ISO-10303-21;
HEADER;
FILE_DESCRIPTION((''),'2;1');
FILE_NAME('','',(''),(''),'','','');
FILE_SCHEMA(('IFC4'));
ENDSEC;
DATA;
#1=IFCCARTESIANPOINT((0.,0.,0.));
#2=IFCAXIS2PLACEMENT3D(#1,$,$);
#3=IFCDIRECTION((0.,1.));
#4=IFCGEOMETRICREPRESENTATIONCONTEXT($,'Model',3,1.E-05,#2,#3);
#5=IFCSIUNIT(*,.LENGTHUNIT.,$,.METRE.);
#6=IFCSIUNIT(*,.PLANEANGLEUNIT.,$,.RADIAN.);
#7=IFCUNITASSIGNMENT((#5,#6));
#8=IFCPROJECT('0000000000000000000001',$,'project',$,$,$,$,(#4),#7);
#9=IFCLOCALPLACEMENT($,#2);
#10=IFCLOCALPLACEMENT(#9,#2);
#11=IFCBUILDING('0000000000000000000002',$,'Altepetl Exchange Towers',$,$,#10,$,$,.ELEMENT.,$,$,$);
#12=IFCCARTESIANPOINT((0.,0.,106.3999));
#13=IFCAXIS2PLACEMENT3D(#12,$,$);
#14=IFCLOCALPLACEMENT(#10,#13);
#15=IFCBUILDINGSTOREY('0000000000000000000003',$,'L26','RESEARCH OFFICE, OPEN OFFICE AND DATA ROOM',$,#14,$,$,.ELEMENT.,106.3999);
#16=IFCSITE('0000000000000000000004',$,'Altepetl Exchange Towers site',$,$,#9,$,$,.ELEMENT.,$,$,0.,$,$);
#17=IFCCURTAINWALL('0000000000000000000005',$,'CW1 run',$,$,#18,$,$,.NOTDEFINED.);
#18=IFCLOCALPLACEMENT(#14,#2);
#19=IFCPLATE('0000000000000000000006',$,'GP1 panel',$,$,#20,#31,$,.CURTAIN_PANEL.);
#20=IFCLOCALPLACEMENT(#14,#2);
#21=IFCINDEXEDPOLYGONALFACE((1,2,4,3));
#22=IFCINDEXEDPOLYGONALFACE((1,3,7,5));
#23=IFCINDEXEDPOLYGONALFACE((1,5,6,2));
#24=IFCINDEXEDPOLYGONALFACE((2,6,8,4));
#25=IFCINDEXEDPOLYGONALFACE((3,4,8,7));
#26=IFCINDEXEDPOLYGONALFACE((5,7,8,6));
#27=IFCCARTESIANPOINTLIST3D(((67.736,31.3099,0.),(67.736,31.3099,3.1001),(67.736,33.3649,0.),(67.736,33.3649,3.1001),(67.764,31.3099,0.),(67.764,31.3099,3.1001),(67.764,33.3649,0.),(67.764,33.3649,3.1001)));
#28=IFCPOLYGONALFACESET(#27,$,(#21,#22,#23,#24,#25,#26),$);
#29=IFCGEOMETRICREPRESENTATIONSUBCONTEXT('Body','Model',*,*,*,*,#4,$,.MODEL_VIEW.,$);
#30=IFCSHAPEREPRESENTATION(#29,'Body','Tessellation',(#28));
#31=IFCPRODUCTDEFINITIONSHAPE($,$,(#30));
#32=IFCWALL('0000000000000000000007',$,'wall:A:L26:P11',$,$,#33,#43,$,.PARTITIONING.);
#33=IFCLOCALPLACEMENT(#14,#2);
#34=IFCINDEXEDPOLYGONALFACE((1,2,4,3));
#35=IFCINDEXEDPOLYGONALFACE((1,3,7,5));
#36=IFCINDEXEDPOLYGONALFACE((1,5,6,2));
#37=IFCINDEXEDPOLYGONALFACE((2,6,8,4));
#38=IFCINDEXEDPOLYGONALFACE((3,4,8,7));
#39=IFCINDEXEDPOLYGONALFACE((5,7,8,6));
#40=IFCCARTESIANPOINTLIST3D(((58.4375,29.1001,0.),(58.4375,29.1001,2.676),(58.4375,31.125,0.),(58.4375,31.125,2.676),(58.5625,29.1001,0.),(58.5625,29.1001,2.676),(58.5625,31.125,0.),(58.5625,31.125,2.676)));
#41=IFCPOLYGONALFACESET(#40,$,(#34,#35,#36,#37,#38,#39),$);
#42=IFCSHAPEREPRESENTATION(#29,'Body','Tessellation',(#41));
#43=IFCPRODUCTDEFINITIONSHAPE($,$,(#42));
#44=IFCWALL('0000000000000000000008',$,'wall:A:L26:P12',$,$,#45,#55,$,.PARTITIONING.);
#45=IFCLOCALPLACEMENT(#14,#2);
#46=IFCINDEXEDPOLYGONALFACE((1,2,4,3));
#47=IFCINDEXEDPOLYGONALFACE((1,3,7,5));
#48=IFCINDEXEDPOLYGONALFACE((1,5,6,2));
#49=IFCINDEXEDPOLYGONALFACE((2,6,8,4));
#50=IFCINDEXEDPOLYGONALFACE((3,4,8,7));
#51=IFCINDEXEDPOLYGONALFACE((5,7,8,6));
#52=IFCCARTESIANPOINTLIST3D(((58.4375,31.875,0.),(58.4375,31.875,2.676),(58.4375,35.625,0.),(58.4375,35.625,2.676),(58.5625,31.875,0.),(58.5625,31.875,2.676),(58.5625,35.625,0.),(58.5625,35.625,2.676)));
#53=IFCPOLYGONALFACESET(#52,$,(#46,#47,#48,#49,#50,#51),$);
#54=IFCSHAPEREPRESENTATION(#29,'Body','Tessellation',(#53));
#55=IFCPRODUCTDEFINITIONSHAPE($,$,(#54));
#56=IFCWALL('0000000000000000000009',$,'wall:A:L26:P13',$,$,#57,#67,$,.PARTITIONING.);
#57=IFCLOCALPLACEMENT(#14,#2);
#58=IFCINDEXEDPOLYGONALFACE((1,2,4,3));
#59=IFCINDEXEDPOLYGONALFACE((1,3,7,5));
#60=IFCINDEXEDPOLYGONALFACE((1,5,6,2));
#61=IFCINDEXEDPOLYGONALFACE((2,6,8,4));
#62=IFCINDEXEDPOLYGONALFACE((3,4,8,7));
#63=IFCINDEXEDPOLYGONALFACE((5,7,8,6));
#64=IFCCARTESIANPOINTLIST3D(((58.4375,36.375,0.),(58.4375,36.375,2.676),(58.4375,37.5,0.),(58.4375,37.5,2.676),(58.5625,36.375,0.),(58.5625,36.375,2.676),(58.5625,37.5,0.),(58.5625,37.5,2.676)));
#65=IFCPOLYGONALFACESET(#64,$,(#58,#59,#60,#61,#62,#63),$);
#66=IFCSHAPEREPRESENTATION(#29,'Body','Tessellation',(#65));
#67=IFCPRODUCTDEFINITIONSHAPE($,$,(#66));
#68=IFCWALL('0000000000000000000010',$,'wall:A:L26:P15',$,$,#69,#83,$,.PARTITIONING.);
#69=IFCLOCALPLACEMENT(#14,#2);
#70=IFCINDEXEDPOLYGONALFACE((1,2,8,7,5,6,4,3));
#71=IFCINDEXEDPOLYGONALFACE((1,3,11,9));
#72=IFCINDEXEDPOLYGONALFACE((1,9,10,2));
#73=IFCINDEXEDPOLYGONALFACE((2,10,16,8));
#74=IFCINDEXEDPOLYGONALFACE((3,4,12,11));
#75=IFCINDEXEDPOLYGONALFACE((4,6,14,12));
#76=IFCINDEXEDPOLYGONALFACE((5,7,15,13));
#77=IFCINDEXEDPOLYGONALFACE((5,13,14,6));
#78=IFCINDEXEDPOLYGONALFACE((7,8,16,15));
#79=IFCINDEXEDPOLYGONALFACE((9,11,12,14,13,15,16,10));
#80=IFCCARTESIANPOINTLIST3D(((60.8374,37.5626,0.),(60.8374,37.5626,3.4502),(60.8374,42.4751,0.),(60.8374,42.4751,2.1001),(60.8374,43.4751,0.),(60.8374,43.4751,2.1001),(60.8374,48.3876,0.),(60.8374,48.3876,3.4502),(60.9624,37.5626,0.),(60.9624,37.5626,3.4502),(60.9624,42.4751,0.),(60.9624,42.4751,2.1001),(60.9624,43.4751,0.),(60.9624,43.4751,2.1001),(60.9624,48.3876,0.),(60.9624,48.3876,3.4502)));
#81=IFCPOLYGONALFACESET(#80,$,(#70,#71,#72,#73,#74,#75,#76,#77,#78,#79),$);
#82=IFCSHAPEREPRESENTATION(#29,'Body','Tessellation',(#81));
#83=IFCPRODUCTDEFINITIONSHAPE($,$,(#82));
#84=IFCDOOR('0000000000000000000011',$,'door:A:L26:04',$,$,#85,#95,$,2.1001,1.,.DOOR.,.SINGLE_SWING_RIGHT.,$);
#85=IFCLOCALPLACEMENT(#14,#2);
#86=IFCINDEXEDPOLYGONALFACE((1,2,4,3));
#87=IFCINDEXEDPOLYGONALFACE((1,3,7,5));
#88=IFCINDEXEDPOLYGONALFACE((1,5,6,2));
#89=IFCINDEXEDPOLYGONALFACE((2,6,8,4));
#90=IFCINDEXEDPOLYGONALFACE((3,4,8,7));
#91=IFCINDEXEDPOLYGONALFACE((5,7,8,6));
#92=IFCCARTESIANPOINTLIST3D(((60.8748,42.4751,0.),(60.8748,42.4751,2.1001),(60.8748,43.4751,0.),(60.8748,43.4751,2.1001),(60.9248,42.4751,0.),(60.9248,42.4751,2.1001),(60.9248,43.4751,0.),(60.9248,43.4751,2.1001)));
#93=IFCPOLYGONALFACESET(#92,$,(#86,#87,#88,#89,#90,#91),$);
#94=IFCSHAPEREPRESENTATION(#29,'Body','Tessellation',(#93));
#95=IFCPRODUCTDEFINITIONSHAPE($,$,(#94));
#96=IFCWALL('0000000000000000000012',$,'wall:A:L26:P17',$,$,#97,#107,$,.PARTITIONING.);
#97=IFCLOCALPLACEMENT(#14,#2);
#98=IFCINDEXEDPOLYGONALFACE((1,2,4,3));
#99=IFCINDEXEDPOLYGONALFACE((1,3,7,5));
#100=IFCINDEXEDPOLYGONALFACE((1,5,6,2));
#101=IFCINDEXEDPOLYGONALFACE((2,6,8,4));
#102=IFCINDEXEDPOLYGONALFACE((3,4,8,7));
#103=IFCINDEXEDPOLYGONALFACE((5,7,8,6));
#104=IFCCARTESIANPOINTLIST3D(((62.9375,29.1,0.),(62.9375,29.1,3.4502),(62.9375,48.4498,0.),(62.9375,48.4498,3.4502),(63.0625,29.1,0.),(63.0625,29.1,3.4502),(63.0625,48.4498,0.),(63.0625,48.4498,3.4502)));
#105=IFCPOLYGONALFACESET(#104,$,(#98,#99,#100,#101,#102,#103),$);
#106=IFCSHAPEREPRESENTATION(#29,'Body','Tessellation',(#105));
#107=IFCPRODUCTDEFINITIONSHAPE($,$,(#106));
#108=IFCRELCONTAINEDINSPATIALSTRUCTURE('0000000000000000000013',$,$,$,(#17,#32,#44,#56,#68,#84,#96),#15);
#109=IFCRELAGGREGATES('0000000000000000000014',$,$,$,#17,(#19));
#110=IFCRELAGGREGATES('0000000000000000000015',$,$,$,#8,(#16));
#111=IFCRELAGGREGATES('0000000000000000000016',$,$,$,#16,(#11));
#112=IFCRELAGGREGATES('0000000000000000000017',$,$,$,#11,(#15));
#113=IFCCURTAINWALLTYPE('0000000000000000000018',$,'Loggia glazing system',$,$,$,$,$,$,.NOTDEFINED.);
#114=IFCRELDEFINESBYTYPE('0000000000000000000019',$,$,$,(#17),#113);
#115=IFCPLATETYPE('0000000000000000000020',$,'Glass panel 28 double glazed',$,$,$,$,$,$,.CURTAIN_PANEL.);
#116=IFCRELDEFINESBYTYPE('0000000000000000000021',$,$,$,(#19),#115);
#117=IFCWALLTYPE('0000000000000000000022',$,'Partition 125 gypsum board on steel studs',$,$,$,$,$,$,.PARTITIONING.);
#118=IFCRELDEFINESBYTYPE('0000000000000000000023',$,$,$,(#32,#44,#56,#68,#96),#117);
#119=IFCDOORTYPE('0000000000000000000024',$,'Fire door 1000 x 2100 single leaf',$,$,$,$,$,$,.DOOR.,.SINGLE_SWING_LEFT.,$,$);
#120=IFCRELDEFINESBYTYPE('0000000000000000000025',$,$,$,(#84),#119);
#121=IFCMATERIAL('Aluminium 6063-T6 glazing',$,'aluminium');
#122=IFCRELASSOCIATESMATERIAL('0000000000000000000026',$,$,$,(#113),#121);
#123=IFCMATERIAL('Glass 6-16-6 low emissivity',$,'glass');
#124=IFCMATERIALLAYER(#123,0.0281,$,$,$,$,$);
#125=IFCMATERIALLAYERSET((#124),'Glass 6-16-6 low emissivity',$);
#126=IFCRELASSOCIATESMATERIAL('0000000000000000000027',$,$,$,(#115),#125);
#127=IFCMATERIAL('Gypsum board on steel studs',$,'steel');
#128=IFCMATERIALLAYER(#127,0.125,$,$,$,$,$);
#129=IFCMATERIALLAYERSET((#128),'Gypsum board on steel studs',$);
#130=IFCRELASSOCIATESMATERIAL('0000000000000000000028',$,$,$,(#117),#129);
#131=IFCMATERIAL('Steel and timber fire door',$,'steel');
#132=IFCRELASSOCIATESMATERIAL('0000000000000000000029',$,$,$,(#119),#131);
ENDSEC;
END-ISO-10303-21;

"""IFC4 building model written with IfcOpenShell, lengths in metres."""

from ifc_helpers import new_model, si_unit, direction, frame, frame_2d, origin, origin_2d, place, context, subcontext, project, spatial, rectangle, extrude, material, layer, layer_set, type_object, element, fill, aggregate, save


model = new_model("IFC4")

# Units and contexts
model_context = context("Model", 3, precision=1e-05, world=origin(), true_north=direction((0.0, 1.0)))
body_context = subcontext(model_context, "Body", "Model", "MODEL_VIEW")
ifc_project = project(units=[si_unit("LENGTHUNIT", "METRE"), si_unit("PLANEANGLEUNIT", "RADIAN")], contexts=[model_context])

# Site, building, storey
site_placement = place(None, origin())
site = spatial("IfcSite", under=ifc_project, at=site_placement, Name="Altepetl Exchange Towers site", CompositionType="ELEMENT", RefElevation=0.0)
building_placement = place(site_placement, origin())
building = spatial("IfcBuilding", under=site, at=building_placement, Name="Altepetl Exchange Towers", CompositionType="ELEMENT")
storey_placement = place(building_placement, frame((0.0, 0.0, 106.3999)))
storey = spatial("IfcBuildingStorey", under=building, at=storey_placement, Name="L26", Description="RESEARCH OFFICE, OPEN OFFICE AND DATA ROOM", CompositionType="ELEMENT", Elevation=106.3999)

# Curtain wall
ifc_material_1 = material(Name="Aluminium 6063-T6 glazing", Category="aluminium")
curtain_wall_type = type_object("IfcCurtainWallType", Name="Loggia glazing system", PredefinedType="NOTDEFINED", material=ifc_material_1)
curtain_wall_1_placement = place(storey_placement, origin())
curtain_wall_1 = element("IfcCurtainWall", 1, at=curtain_wall_1_placement, inside=storey, type_object=curtain_wall_type, Name="CW1 run", PredefinedType="NOTDEFINED")

# Plate
ifc_material_2 = material(Name="Glass 6-16-6 low emissivity", Category="glass")
ifc_layer_1 = layer(ifc_material_2, 0.0281)
ifc_layer_set_1 = layer_set([ifc_layer_1], Name="Glass 6-16-6 low emissivity")
plate_type = type_object("IfcPlateType", Name="Glass panel 28 double glazed", PredefinedType="CURTAIN_PANEL", material=ifc_layer_set_1)
plate_1_placement = place(storey_placement, frame((67.75, 32.3374, 0.0), z_axis=(0.0, 0.0, 1.0), x_axis=(0.0, 1.0, 0.0)))
plate_1 = element("IfcPlate", 2, at=plate_1_placement, type_object=plate_type, Name="GP1 panel", PredefinedType="CURTAIN_PANEL", context=body_context, shape_type="SweptSolid", body=[
    extrude(rectangle(XDim=2.0549, YDim=0.0281, at=origin_2d()), origin(), (0.0, 0.0, 1.0), 3.1001),
])
aggregate(curtain_wall_1, [plate_1])

# Walls
ifc_material_3 = material(Name="Gypsum board on steel studs", Category="steel")
ifc_layer_2 = layer(ifc_material_3, 0.125)
ifc_layer_set_2 = layer_set([ifc_layer_2], Name="Gypsum board on steel studs")
wall_type = type_object("IfcWallType", Name="Partition 125 gypsum board on steel studs", PredefinedType="PARTITIONING", material=ifc_layer_set_2)
wall_1_placement = place(storey_placement, frame((58.5, 29.1001, 0.0), z_axis=(0.0, 0.0, 1.0), x_axis=(0.0, 1.0, 0.0)))
element("IfcWall", 3, at=wall_1_placement, inside=storey, type_object=wall_type, Name="wall:A:L26:P11", PredefinedType="PARTITIONING", context=body_context, shape_type="SweptSolid", body=[
    extrude(rectangle(XDim=2.0249, YDim=0.125, at=frame_2d((1.0125, 0.0))), origin(), (0.0, 0.0, 1.0), 2.676),
])
wall_2_placement = place(storey_placement, frame((58.5, 31.875, 0.0), z_axis=(0.0, 0.0, 1.0), x_axis=(0.0, 1.0, 0.0)))
element("IfcWall", 4, at=wall_2_placement, inside=storey, type_object=wall_type, Name="wall:A:L26:P12", PredefinedType="PARTITIONING", context=body_context, shape_type="SweptSolid", body=[
    extrude(rectangle(XDim=3.75, YDim=0.125, at=frame_2d((1.875, 0.0))), origin(), (0.0, 0.0, 1.0), 2.676),
])
wall_3_placement = place(storey_placement, frame((58.5, 36.375, 0.0), z_axis=(0.0, 0.0, 1.0), x_axis=(0.0, 1.0, 0.0)))
element("IfcWall", 5, at=wall_3_placement, inside=storey, type_object=wall_type, Name="wall:A:L26:P13", PredefinedType="PARTITIONING", context=body_context, shape_type="SweptSolid", body=[
    extrude(rectangle(XDim=1.125, YDim=0.125, at=frame_2d((0.5625, 0.0))), origin(), (0.0, 0.0, 1.0), 2.676),
])

# Wall, opening, door
wall_4_placement = place(storey_placement, frame((60.8999, 37.5625, 0.0), z_axis=(0.0, 0.0, 1.0), x_axis=(0.0, 1.0, 0.0)))
wall_4 = element("IfcWall", 6, at=wall_4_placement, inside=storey, type_object=wall_type, Name="wall:A:L26:P15", PredefinedType="PARTITIONING", context=body_context, shape_type="SweptSolid", body=[
    extrude(rectangle(XDim=10.825, YDim=0.125, at=frame_2d((5.4126, 0.0))), origin(), (0.0, 0.0, 1.0), 3.4502),
])
opening_placement = place(wall_4_placement, frame((4.9126, 0.0, 0.0)))
opening = element("IfcOpeningElement", 7, at=opening_placement, cuts=wall_4, PredefinedType="OPENING", context=body_context, shape_type="SweptSolid", body=[
    extrude(rectangle(XDim=1.0, YDim=2.1001, at=frame_2d((0.5, 1.05))), frame((0.0, 0.0725, 0.0), z_axis=(0.0, -1.0, 0.0), x_axis=(1.0, 0.0, 0.0)), (0.0, 0.0, 1.0), 0.145),
])
ifc_material_4 = material(Name="Steel and timber fire door", Category="steel")
door_type = type_object("IfcDoorType", Name="Fire door 1000 x 2100 single leaf", OperationType="SINGLE_SWING_LEFT", PredefinedType="DOOR", material=ifc_material_4)
door_placement = place(opening_placement, frame((1.0, 0.0, 0.0), x_axis=(-1.0, 0.0, 0.0)))
door = element("IfcDoor", 8, at=door_placement, inside=storey, type_object=door_type, Name="door:A:L26:04", OperationType="SINGLE_SWING_RIGHT", OverallHeight=2.1001, OverallWidth=1.0, PredefinedType="DOOR", context=body_context, shape_type="SweptSolid", body=[
    extrude(rectangle(XDim=1.0, YDim=2.1001, at=frame_2d((0.5, 1.05))), frame((0.0, 0.0249, 0.0), z_axis=(0.0, -1.0, 0.0), x_axis=(1.0, 0.0, 0.0)), (0.0, 0.0, 1.0), 0.05),
])
fill(opening, door)

# Wall
wall_5_placement = place(storey_placement, frame((63.0, 29.1001, 0.0), z_axis=(0.0, 0.0, 1.0), x_axis=(0.0, 1.0, 0.0)))
element("IfcWall", 9, at=wall_5_placement, inside=storey, type_object=wall_type, Name="wall:A:L26:P17", PredefinedType="PARTITIONING", context=body_context, shape_type="SweptSolid", body=[
    extrude(rectangle(XDim=19.3499, YDim=0.125, at=frame_2d((9.6748, 0.0))), origin(), (0.0, 0.0, 1.0), 3.4502),
])

save(model, "model.ifc")
